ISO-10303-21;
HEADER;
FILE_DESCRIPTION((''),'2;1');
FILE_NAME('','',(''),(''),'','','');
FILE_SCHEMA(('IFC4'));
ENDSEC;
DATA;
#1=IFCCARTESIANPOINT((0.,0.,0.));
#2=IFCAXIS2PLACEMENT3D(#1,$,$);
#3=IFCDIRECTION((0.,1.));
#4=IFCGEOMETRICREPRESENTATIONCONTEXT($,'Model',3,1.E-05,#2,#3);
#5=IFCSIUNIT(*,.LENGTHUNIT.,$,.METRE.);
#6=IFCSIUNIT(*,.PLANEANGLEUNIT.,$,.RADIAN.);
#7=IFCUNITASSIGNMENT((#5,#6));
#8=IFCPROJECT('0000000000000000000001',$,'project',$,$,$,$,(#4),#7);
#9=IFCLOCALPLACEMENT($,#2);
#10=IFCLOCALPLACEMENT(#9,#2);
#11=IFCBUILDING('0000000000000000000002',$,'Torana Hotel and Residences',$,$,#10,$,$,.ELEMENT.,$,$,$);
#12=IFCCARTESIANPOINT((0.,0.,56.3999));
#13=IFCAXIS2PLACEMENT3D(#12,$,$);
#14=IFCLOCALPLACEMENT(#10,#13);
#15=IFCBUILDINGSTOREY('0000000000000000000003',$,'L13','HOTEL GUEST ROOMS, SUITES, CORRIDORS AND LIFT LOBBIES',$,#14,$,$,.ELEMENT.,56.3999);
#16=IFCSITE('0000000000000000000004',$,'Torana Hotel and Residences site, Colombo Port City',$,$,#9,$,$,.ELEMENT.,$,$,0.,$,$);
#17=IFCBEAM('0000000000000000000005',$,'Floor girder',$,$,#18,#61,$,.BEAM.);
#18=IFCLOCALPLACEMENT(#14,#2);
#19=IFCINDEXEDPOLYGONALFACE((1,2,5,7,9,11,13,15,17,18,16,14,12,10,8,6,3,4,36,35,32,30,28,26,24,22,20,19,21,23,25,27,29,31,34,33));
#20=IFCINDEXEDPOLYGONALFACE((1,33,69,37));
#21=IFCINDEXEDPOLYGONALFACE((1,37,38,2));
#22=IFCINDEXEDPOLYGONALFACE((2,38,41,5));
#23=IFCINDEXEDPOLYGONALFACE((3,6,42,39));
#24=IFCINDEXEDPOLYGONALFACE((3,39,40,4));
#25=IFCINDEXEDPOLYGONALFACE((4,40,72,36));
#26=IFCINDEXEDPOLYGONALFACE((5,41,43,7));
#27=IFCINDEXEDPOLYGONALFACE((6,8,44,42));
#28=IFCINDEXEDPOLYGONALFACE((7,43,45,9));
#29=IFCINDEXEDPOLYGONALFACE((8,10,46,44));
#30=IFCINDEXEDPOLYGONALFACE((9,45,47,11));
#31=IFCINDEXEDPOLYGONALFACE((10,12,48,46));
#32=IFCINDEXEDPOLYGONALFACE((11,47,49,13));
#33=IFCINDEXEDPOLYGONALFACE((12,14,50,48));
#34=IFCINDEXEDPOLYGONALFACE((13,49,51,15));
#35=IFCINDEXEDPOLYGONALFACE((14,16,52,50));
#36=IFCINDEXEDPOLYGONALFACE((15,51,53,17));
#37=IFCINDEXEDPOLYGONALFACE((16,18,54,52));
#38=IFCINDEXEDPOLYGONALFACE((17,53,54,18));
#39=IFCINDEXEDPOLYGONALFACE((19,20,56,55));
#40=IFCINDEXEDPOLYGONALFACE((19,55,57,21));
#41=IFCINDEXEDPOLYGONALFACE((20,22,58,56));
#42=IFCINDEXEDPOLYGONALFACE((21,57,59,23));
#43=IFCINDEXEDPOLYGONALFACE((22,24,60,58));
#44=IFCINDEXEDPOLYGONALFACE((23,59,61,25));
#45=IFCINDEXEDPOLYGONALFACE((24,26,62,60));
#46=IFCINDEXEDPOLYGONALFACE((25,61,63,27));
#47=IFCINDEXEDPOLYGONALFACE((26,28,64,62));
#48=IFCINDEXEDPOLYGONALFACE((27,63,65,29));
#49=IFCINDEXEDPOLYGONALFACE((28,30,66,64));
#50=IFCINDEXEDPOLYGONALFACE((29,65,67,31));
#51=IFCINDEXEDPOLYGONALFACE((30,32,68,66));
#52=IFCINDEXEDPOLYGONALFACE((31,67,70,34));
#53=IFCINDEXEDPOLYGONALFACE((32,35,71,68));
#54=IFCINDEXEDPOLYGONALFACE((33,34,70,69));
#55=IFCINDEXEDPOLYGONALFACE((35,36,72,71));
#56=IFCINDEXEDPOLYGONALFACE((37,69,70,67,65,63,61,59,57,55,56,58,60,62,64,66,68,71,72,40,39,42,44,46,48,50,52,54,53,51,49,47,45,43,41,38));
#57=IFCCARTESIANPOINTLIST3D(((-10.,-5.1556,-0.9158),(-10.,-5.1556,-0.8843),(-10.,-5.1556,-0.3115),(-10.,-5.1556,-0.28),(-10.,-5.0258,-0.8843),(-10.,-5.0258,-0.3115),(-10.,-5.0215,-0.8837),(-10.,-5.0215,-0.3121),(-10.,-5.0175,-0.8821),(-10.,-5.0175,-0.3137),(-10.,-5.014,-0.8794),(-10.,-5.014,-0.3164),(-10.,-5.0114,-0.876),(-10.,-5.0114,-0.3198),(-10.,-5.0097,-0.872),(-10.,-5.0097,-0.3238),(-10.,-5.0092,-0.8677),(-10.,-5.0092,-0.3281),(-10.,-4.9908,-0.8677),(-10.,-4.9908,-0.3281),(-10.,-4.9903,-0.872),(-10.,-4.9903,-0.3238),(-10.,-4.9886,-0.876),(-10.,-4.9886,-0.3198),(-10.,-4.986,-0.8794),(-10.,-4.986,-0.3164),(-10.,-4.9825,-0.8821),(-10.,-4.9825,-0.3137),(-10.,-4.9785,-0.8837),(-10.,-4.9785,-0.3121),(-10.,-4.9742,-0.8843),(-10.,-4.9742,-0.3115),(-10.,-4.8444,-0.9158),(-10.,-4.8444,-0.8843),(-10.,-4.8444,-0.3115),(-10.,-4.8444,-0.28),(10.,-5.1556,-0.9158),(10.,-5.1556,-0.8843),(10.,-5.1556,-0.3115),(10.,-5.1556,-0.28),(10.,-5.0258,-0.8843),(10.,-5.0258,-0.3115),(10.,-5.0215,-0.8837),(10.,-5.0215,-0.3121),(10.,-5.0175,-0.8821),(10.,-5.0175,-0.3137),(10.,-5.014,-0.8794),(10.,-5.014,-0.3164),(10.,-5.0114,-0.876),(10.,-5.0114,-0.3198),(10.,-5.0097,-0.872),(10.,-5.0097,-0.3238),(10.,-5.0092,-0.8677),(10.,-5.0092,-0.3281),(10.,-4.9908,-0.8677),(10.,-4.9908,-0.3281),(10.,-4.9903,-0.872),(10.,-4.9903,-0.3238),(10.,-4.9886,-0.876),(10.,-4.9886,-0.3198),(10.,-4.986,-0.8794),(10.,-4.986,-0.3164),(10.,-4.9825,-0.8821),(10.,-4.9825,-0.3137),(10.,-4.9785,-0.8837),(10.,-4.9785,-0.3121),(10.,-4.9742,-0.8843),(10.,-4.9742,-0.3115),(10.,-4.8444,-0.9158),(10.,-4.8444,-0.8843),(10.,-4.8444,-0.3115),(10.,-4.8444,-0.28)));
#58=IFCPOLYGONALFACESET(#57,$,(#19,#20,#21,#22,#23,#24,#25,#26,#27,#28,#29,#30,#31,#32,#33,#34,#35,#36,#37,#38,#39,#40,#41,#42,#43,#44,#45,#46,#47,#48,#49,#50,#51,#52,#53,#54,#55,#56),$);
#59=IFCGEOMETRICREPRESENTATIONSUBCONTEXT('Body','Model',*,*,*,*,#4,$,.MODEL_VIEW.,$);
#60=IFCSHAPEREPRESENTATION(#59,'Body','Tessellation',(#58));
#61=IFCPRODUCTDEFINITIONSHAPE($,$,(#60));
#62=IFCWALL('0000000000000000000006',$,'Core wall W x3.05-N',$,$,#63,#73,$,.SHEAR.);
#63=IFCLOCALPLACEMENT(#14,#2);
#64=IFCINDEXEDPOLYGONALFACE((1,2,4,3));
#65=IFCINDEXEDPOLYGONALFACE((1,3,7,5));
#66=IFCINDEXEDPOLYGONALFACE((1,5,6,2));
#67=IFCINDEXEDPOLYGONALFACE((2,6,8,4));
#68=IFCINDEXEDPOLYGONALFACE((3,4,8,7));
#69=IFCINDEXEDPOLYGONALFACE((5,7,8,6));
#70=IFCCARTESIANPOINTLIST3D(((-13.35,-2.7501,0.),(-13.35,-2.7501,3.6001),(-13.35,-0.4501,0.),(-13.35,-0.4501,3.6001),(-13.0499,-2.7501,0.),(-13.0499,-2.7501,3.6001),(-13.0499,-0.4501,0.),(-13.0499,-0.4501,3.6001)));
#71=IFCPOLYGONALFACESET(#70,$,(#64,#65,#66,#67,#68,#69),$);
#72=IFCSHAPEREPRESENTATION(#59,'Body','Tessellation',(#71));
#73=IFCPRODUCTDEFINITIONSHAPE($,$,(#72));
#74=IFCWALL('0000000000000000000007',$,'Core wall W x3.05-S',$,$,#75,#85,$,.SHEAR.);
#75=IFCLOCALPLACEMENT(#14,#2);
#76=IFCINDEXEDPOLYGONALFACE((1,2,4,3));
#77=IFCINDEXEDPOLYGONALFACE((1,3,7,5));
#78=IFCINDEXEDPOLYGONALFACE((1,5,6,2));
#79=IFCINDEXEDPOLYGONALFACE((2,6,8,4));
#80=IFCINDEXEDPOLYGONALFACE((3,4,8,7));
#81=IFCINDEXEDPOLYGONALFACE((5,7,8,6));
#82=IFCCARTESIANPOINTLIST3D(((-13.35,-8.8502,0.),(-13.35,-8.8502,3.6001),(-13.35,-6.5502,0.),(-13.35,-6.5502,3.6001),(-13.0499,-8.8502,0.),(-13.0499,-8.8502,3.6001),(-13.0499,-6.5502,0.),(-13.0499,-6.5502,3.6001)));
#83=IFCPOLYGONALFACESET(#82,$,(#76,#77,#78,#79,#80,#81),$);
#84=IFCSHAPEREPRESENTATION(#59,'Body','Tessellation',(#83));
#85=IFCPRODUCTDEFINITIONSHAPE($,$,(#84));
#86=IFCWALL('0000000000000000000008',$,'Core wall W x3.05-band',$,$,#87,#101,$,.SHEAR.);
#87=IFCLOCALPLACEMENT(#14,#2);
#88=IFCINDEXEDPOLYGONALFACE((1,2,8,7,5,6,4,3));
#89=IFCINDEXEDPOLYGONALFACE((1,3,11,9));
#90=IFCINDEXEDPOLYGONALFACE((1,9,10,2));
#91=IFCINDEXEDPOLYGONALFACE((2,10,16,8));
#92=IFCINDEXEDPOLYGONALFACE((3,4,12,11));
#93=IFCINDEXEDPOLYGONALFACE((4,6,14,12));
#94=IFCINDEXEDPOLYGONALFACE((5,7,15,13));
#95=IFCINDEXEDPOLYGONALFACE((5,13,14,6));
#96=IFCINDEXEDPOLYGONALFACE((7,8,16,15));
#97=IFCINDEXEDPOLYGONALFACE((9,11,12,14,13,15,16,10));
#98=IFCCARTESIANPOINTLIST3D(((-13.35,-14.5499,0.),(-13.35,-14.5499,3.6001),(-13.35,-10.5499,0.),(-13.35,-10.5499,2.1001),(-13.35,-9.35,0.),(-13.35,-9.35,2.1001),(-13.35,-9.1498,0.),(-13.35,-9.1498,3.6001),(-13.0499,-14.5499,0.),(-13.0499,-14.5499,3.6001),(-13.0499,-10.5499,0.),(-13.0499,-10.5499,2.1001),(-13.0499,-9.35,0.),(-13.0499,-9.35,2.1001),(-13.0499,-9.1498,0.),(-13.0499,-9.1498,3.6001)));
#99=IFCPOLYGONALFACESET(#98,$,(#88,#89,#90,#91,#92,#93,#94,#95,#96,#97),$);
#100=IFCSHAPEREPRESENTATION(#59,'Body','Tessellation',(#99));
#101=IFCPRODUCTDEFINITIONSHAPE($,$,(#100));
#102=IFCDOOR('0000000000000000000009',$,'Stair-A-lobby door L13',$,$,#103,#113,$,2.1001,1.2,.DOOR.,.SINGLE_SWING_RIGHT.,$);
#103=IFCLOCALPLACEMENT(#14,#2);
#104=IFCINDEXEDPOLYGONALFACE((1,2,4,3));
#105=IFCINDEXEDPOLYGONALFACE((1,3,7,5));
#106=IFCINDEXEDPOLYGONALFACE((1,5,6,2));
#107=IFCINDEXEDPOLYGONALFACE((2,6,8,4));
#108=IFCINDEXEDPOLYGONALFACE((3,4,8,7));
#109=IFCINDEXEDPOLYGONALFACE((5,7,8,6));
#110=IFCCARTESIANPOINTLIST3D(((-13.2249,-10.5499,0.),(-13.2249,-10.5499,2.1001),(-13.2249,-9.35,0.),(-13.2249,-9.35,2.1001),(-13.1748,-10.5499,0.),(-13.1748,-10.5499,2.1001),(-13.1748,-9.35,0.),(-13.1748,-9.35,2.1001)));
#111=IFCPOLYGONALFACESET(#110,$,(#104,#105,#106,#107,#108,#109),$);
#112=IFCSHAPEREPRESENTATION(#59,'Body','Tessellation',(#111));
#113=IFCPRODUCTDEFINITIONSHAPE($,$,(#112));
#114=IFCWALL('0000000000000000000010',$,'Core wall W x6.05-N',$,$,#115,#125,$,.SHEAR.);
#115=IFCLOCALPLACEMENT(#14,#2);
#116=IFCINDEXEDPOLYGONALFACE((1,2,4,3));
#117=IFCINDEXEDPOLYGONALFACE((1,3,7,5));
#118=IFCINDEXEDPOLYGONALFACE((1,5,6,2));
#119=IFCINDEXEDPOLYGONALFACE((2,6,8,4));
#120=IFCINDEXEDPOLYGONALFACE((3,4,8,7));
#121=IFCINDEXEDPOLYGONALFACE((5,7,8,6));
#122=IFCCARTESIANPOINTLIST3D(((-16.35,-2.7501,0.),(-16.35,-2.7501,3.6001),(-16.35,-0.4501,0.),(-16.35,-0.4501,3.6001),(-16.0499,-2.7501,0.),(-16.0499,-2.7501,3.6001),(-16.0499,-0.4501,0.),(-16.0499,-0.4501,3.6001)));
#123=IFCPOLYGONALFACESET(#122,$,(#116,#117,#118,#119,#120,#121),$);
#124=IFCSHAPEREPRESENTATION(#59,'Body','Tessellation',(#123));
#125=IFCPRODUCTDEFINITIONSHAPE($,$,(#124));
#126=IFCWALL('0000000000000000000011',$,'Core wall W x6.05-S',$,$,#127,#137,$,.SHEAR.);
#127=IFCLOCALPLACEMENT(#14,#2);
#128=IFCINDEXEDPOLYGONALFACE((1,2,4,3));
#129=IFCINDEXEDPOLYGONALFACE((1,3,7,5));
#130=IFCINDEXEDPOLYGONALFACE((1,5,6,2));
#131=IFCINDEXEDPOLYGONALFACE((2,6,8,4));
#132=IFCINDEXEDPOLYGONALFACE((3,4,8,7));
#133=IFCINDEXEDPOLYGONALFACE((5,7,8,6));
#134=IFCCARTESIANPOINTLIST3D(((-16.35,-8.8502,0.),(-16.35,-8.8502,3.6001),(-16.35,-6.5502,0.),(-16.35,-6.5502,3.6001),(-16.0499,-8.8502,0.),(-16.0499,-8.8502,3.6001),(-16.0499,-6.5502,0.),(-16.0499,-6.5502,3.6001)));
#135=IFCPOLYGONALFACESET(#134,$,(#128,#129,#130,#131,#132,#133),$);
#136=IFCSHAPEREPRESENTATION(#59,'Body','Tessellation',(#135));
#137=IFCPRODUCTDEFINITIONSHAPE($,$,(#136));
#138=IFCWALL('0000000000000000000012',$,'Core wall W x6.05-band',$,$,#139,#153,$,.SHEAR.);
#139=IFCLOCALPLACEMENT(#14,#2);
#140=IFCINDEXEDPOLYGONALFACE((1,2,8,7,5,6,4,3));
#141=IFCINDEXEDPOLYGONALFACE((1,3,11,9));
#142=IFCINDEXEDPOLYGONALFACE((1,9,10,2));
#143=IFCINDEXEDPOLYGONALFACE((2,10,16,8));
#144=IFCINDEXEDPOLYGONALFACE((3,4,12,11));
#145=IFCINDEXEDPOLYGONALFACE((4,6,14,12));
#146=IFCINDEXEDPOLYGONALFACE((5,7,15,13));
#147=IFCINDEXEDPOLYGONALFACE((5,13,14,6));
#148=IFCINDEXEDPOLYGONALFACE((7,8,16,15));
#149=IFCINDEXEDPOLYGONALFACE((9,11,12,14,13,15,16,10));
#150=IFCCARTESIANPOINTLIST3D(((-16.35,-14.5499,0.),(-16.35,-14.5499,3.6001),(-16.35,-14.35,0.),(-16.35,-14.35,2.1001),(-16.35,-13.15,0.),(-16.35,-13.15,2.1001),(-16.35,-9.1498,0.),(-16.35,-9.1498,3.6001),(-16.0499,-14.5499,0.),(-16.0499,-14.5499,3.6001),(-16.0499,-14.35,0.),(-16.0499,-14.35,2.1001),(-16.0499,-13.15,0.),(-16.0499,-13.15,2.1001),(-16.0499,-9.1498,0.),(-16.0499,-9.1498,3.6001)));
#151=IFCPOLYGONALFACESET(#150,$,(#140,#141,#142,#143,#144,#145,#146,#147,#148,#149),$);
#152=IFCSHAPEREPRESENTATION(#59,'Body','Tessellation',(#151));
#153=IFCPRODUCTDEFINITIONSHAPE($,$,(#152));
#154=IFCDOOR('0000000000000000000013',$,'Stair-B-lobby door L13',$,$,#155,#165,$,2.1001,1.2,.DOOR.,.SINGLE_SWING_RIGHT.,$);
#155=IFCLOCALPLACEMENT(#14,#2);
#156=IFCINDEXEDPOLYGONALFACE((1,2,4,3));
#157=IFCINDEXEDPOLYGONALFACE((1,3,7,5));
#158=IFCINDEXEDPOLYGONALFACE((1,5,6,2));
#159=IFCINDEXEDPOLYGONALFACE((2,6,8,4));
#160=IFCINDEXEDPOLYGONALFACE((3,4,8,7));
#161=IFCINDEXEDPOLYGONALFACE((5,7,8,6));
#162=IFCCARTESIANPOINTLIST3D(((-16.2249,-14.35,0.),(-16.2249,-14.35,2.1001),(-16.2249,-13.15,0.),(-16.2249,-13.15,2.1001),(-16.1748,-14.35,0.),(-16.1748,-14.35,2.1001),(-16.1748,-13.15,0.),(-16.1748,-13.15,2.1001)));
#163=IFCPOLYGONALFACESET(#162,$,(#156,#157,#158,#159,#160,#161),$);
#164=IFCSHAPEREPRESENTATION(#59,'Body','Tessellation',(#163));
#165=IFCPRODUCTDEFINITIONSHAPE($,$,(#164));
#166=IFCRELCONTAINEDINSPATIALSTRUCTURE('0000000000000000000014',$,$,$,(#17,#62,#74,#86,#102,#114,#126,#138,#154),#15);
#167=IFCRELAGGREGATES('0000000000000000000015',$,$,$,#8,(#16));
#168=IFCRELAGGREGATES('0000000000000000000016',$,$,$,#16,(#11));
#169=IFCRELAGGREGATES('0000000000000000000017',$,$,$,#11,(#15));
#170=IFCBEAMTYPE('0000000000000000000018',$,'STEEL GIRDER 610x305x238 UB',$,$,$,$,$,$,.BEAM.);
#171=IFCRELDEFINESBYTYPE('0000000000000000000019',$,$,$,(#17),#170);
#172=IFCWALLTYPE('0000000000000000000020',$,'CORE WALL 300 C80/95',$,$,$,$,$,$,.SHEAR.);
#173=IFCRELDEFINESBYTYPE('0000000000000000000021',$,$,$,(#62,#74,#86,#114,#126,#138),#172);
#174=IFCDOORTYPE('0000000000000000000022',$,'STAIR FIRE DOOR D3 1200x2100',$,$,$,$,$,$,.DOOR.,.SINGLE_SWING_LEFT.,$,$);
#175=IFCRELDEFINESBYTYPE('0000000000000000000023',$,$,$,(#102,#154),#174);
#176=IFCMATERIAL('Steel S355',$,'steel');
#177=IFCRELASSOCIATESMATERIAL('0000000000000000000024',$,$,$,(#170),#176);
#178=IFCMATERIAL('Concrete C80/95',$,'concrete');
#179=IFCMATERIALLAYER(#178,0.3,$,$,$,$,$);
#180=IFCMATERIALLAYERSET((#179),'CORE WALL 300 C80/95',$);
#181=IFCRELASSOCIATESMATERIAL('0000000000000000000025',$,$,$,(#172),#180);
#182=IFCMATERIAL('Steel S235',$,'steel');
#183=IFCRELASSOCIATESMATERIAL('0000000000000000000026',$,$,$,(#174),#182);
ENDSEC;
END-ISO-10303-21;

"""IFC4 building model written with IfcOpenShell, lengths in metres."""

from ifc_helpers import new_model, si_unit, direction, frame, frame_2d, origin, origin_2d, place, context, subcontext, project, spatial, rectangle, i_section, extrude, material, layer, layer_set, material_profile, profile_set, type_object, element, fill, save


model = new_model("IFC4")

# Units and contexts
model_context = context("Model", 3, precision=1e-05, world=origin(), true_north=direction((0.0, 1.0)))
body_context = subcontext(model_context, "Body", "Model", "MODEL_VIEW")
ifc_project = project(units=[si_unit("LENGTHUNIT", "METRE"), si_unit("PLANEANGLEUNIT", "RADIAN")], contexts=[model_context])

# Site, building, storey
site_placement = place(None, origin())
site = spatial("IfcSite", under=ifc_project, at=site_placement, Name="Torana Hotel and Residences site, Colombo Port City", CompositionType="ELEMENT", RefElevation=0.0)
building_placement = place(site_placement, origin())
building = spatial("IfcBuilding", under=site, at=building_placement, Name="Torana Hotel and Residences", CompositionType="ELEMENT")
storey_placement = place(building_placement, frame((0.0, 0.0, 56.3999)))
storey = spatial("IfcBuildingStorey", under=building, at=storey_placement, Name="L13", Description="HOTEL GUEST ROOMS, SUITES, CORRIDORS AND LIFT LOBBIES", CompositionType="ELEMENT", Elevation=56.3999)

# Beam
ifc_material_1 = material(Name="Steel S355", Category="steel")
ifc_material_profile = material_profile(ifc_material_1, i_section(OverallWidth=0.3113, OverallDepth=0.6357, WebThickness=0.0183, FlangeThickness=0.0315, FilletRadius=0.0166, at=origin_2d()), Name="610x305x238 UB")
ifc_profile_set = profile_set([ifc_material_profile], Name="Steel S355")
beam_type = type_object("IfcBeamType", Name="STEEL GIRDER 610x305x238 UB", PredefinedType="BEAM", material=ifc_profile_set)
for number, where, z_axis, x_axis, name in (
    (1, (-10.0, -5.0, -0.5979), (1.0, 0.0, 0.0), (0.0, 1.0, 0.0), "Floor girder"),
):
    element("IfcBeam", number, at=place(storey_placement, frame(where, z_axis=z_axis, x_axis=x_axis)), inside=storey, type_object=beam_type, Name=name, PredefinedType="BEAM", context=body_context, shape_type="SweptSolid", body=[
        extrude(i_section(OverallWidth=0.3113, OverallDepth=0.6357, WebThickness=0.0183, FlangeThickness=0.0315, FilletRadius=0.0166, at=origin_2d()), origin(), (0.0, 0.0, 1.0), 20.0),
    ])

# Walls
ifc_material_2 = material(Name="Concrete C80/95", Category="concrete")
ifc_layer_1 = layer(ifc_material_2, 0.3)
ifc_layer_set_1 = layer_set([ifc_layer_1], Name="CORE WALL 300 C80/95")
wall_type_1 = type_object("IfcWallType", Name="CORE WALL 300 C80/95", PredefinedType="SHEAR", material=ifc_layer_set_1)
for number, where, z_axis, x_axis, name in (
    (2, (-13.2, -2.75, 0.0), (0.0, 0.0, 1.0), (0.0, 1.0, 0.0), "Core wall W x3.05-N"),
    (3, (-13.2, -8.8501, 0.0), (0.0, 0.0, 1.0), (0.0, 1.0, 0.0), "Core wall W x3.05-S"),
):
    element("IfcWall", number, at=place(storey_placement, frame(where, z_axis=z_axis, x_axis=x_axis)), inside=storey, type_object=wall_type_1, Name=name, PredefinedType="SHEAR", context=body_context, shape_type="SweptSolid", body=[
        extrude(rectangle(XDim=2.3, YDim=0.3, at=frame_2d((1.1499, 0.0))), origin(), (0.0, 0.0, 1.0), 3.6001),
    ])

# Wall, opening, door
wall_1_placement = place(storey_placement, frame((-13.2, -14.55, 0.0), z_axis=(0.0, 0.0, 1.0), x_axis=(0.0, 1.0, 0.0)))
wall_1 = element("IfcWall", 4, at=wall_1_placement, inside=storey, type_object=wall_type_1, Name="Core wall W x3.05-band", PredefinedType="SHEAR", context=body_context, shape_type="SweptSolid", body=[
    extrude(rectangle(XDim=5.4001, YDim=0.3, at=frame_2d((2.7002, 0.0))), origin(), (0.0, 0.0, 1.0), 3.6001),
])
opening_1_placement = place(wall_1_placement, frame((4.0, 0.0, 0.0)))
opening_1 = element("IfcOpeningElement", 5, at=opening_1_placement, cuts=wall_1, PredefinedType="OPENING", context=body_context, shape_type="SweptSolid", body=[
    extrude(rectangle(XDim=1.2, YDim=2.1001, at=frame_2d((0.6001, 1.05))), frame((0.0, 0.1599, 0.0), z_axis=(0.0, -1.0, 0.0), x_axis=(1.0, 0.0, 0.0)), (0.0, 0.0, 1.0), 0.3201),
])
ifc_material_3 = material(Name="Steel S235", Category="steel")
door_type_1 = type_object("IfcDoorType", Name="STAIR FIRE DOOR D3 1200x2100", OperationType="SINGLE_SWING_LEFT", PredefinedType="DOOR", material=ifc_material_3)
door_1_placement = place(opening_1_placement, frame((0.6001, 0.0, 0.0), z_axis=(0.0, 0.0, 1.0), x_axis=(-1.0, 0.0, 0.0)))
door_1 = element("IfcDoor", 6, at=door_1_placement, inside=storey, type_object=door_type_1, Name="Stair-A-lobby door L13", OperationType="SINGLE_SWING_RIGHT", OverallHeight=2.1001, OverallWidth=1.2, PredefinedType="DOOR", context=body_context, shape_type="SweptSolid", body=[
    extrude(rectangle(XDim=1.2, YDim=2.1001, at=frame_2d((0.0, 1.05))), frame((0.0, -0.0249, 0.0), z_axis=(0.0, 1.0, 0.0), x_axis=(-1.0, 0.0, 0.0)), (0.0, 0.0, 1.0), 0.05),
])
fill(opening_1, door_1)

# Walls
for number, where, z_axis, x_axis, name in (
    (7, (-16.2, -2.75, 0.0), (0.0, 0.0, 1.0), (0.0, 1.0, 0.0), "Core wall W x6.05-N"),
    (8, (-16.2, -8.8501, 0.0), (0.0, 0.0, 1.0), (0.0, 1.0, 0.0), "Core wall W x6.05-S"),
):
    element("IfcWall", number, at=place(storey_placement, frame(where, z_axis=z_axis, x_axis=x_axis)), inside=storey, type_object=wall_type_1, Name=name, PredefinedType="SHEAR", context=body_context, shape_type="SweptSolid", body=[
        extrude(rectangle(XDim=2.3, YDim=0.3, at=frame_2d((1.1499, 0.0))), origin(), (0.0, 0.0, 1.0), 3.6001),
    ])

# Wall, opening, door
wall_2_placement = place(storey_placement, frame((-16.2, -14.55, 0.0), z_axis=(0.0, 0.0, 1.0), x_axis=(0.0, 1.0, 0.0)))
wall_2 = element("IfcWall", 9, at=wall_2_placement, inside=storey, type_object=wall_type_1, Name="Core wall W x6.05-band", PredefinedType="SHEAR", context=body_context, shape_type="SweptSolid", body=[
    extrude(rectangle(XDim=5.4001, YDim=0.3, at=frame_2d((2.7002, 0.0))), origin(), (0.0, 0.0, 1.0), 3.6001),
])
opening_2_placement = place(wall_2_placement, frame((0.2, 0.0, 0.0)))
opening_2 = element("IfcOpeningElement", 10, at=opening_2_placement, cuts=wall_2, PredefinedType="OPENING", context=body_context, shape_type="SweptSolid", body=[
    extrude(rectangle(XDim=1.2, YDim=2.1001, at=frame_2d((0.6001, 1.05))), frame((0.0, 0.1599, 0.0), z_axis=(0.0, -1.0, 0.0), x_axis=(1.0, 0.0, 0.0)), (0.0, 0.0, 1.0), 0.3201),
])
door_2_placement = place(opening_2_placement, origin())
door_2 = element("IfcDoor", 11, at=door_2_placement, inside=storey, type_object=door_type_1, Name="Stair-B-lobby door L13", OperationType="SINGLE_SWING_RIGHT", OverallHeight=2.1001, OverallWidth=1.2, PredefinedType="DOOR", context=body_context, shape_type="SweptSolid", body=[
    extrude(rectangle(XDim=1.2, YDim=2.1001, at=frame_2d((0.6001, 1.05))), frame((0.0, 0.0249, 0.0), z_axis=(0.0, -1.0, 0.0), x_axis=(1.0, 0.0, 0.0)), (0.0, 0.0, 1.0), 0.05),
])
fill(opening_2, door_2)

save(model, "model.ifc")
